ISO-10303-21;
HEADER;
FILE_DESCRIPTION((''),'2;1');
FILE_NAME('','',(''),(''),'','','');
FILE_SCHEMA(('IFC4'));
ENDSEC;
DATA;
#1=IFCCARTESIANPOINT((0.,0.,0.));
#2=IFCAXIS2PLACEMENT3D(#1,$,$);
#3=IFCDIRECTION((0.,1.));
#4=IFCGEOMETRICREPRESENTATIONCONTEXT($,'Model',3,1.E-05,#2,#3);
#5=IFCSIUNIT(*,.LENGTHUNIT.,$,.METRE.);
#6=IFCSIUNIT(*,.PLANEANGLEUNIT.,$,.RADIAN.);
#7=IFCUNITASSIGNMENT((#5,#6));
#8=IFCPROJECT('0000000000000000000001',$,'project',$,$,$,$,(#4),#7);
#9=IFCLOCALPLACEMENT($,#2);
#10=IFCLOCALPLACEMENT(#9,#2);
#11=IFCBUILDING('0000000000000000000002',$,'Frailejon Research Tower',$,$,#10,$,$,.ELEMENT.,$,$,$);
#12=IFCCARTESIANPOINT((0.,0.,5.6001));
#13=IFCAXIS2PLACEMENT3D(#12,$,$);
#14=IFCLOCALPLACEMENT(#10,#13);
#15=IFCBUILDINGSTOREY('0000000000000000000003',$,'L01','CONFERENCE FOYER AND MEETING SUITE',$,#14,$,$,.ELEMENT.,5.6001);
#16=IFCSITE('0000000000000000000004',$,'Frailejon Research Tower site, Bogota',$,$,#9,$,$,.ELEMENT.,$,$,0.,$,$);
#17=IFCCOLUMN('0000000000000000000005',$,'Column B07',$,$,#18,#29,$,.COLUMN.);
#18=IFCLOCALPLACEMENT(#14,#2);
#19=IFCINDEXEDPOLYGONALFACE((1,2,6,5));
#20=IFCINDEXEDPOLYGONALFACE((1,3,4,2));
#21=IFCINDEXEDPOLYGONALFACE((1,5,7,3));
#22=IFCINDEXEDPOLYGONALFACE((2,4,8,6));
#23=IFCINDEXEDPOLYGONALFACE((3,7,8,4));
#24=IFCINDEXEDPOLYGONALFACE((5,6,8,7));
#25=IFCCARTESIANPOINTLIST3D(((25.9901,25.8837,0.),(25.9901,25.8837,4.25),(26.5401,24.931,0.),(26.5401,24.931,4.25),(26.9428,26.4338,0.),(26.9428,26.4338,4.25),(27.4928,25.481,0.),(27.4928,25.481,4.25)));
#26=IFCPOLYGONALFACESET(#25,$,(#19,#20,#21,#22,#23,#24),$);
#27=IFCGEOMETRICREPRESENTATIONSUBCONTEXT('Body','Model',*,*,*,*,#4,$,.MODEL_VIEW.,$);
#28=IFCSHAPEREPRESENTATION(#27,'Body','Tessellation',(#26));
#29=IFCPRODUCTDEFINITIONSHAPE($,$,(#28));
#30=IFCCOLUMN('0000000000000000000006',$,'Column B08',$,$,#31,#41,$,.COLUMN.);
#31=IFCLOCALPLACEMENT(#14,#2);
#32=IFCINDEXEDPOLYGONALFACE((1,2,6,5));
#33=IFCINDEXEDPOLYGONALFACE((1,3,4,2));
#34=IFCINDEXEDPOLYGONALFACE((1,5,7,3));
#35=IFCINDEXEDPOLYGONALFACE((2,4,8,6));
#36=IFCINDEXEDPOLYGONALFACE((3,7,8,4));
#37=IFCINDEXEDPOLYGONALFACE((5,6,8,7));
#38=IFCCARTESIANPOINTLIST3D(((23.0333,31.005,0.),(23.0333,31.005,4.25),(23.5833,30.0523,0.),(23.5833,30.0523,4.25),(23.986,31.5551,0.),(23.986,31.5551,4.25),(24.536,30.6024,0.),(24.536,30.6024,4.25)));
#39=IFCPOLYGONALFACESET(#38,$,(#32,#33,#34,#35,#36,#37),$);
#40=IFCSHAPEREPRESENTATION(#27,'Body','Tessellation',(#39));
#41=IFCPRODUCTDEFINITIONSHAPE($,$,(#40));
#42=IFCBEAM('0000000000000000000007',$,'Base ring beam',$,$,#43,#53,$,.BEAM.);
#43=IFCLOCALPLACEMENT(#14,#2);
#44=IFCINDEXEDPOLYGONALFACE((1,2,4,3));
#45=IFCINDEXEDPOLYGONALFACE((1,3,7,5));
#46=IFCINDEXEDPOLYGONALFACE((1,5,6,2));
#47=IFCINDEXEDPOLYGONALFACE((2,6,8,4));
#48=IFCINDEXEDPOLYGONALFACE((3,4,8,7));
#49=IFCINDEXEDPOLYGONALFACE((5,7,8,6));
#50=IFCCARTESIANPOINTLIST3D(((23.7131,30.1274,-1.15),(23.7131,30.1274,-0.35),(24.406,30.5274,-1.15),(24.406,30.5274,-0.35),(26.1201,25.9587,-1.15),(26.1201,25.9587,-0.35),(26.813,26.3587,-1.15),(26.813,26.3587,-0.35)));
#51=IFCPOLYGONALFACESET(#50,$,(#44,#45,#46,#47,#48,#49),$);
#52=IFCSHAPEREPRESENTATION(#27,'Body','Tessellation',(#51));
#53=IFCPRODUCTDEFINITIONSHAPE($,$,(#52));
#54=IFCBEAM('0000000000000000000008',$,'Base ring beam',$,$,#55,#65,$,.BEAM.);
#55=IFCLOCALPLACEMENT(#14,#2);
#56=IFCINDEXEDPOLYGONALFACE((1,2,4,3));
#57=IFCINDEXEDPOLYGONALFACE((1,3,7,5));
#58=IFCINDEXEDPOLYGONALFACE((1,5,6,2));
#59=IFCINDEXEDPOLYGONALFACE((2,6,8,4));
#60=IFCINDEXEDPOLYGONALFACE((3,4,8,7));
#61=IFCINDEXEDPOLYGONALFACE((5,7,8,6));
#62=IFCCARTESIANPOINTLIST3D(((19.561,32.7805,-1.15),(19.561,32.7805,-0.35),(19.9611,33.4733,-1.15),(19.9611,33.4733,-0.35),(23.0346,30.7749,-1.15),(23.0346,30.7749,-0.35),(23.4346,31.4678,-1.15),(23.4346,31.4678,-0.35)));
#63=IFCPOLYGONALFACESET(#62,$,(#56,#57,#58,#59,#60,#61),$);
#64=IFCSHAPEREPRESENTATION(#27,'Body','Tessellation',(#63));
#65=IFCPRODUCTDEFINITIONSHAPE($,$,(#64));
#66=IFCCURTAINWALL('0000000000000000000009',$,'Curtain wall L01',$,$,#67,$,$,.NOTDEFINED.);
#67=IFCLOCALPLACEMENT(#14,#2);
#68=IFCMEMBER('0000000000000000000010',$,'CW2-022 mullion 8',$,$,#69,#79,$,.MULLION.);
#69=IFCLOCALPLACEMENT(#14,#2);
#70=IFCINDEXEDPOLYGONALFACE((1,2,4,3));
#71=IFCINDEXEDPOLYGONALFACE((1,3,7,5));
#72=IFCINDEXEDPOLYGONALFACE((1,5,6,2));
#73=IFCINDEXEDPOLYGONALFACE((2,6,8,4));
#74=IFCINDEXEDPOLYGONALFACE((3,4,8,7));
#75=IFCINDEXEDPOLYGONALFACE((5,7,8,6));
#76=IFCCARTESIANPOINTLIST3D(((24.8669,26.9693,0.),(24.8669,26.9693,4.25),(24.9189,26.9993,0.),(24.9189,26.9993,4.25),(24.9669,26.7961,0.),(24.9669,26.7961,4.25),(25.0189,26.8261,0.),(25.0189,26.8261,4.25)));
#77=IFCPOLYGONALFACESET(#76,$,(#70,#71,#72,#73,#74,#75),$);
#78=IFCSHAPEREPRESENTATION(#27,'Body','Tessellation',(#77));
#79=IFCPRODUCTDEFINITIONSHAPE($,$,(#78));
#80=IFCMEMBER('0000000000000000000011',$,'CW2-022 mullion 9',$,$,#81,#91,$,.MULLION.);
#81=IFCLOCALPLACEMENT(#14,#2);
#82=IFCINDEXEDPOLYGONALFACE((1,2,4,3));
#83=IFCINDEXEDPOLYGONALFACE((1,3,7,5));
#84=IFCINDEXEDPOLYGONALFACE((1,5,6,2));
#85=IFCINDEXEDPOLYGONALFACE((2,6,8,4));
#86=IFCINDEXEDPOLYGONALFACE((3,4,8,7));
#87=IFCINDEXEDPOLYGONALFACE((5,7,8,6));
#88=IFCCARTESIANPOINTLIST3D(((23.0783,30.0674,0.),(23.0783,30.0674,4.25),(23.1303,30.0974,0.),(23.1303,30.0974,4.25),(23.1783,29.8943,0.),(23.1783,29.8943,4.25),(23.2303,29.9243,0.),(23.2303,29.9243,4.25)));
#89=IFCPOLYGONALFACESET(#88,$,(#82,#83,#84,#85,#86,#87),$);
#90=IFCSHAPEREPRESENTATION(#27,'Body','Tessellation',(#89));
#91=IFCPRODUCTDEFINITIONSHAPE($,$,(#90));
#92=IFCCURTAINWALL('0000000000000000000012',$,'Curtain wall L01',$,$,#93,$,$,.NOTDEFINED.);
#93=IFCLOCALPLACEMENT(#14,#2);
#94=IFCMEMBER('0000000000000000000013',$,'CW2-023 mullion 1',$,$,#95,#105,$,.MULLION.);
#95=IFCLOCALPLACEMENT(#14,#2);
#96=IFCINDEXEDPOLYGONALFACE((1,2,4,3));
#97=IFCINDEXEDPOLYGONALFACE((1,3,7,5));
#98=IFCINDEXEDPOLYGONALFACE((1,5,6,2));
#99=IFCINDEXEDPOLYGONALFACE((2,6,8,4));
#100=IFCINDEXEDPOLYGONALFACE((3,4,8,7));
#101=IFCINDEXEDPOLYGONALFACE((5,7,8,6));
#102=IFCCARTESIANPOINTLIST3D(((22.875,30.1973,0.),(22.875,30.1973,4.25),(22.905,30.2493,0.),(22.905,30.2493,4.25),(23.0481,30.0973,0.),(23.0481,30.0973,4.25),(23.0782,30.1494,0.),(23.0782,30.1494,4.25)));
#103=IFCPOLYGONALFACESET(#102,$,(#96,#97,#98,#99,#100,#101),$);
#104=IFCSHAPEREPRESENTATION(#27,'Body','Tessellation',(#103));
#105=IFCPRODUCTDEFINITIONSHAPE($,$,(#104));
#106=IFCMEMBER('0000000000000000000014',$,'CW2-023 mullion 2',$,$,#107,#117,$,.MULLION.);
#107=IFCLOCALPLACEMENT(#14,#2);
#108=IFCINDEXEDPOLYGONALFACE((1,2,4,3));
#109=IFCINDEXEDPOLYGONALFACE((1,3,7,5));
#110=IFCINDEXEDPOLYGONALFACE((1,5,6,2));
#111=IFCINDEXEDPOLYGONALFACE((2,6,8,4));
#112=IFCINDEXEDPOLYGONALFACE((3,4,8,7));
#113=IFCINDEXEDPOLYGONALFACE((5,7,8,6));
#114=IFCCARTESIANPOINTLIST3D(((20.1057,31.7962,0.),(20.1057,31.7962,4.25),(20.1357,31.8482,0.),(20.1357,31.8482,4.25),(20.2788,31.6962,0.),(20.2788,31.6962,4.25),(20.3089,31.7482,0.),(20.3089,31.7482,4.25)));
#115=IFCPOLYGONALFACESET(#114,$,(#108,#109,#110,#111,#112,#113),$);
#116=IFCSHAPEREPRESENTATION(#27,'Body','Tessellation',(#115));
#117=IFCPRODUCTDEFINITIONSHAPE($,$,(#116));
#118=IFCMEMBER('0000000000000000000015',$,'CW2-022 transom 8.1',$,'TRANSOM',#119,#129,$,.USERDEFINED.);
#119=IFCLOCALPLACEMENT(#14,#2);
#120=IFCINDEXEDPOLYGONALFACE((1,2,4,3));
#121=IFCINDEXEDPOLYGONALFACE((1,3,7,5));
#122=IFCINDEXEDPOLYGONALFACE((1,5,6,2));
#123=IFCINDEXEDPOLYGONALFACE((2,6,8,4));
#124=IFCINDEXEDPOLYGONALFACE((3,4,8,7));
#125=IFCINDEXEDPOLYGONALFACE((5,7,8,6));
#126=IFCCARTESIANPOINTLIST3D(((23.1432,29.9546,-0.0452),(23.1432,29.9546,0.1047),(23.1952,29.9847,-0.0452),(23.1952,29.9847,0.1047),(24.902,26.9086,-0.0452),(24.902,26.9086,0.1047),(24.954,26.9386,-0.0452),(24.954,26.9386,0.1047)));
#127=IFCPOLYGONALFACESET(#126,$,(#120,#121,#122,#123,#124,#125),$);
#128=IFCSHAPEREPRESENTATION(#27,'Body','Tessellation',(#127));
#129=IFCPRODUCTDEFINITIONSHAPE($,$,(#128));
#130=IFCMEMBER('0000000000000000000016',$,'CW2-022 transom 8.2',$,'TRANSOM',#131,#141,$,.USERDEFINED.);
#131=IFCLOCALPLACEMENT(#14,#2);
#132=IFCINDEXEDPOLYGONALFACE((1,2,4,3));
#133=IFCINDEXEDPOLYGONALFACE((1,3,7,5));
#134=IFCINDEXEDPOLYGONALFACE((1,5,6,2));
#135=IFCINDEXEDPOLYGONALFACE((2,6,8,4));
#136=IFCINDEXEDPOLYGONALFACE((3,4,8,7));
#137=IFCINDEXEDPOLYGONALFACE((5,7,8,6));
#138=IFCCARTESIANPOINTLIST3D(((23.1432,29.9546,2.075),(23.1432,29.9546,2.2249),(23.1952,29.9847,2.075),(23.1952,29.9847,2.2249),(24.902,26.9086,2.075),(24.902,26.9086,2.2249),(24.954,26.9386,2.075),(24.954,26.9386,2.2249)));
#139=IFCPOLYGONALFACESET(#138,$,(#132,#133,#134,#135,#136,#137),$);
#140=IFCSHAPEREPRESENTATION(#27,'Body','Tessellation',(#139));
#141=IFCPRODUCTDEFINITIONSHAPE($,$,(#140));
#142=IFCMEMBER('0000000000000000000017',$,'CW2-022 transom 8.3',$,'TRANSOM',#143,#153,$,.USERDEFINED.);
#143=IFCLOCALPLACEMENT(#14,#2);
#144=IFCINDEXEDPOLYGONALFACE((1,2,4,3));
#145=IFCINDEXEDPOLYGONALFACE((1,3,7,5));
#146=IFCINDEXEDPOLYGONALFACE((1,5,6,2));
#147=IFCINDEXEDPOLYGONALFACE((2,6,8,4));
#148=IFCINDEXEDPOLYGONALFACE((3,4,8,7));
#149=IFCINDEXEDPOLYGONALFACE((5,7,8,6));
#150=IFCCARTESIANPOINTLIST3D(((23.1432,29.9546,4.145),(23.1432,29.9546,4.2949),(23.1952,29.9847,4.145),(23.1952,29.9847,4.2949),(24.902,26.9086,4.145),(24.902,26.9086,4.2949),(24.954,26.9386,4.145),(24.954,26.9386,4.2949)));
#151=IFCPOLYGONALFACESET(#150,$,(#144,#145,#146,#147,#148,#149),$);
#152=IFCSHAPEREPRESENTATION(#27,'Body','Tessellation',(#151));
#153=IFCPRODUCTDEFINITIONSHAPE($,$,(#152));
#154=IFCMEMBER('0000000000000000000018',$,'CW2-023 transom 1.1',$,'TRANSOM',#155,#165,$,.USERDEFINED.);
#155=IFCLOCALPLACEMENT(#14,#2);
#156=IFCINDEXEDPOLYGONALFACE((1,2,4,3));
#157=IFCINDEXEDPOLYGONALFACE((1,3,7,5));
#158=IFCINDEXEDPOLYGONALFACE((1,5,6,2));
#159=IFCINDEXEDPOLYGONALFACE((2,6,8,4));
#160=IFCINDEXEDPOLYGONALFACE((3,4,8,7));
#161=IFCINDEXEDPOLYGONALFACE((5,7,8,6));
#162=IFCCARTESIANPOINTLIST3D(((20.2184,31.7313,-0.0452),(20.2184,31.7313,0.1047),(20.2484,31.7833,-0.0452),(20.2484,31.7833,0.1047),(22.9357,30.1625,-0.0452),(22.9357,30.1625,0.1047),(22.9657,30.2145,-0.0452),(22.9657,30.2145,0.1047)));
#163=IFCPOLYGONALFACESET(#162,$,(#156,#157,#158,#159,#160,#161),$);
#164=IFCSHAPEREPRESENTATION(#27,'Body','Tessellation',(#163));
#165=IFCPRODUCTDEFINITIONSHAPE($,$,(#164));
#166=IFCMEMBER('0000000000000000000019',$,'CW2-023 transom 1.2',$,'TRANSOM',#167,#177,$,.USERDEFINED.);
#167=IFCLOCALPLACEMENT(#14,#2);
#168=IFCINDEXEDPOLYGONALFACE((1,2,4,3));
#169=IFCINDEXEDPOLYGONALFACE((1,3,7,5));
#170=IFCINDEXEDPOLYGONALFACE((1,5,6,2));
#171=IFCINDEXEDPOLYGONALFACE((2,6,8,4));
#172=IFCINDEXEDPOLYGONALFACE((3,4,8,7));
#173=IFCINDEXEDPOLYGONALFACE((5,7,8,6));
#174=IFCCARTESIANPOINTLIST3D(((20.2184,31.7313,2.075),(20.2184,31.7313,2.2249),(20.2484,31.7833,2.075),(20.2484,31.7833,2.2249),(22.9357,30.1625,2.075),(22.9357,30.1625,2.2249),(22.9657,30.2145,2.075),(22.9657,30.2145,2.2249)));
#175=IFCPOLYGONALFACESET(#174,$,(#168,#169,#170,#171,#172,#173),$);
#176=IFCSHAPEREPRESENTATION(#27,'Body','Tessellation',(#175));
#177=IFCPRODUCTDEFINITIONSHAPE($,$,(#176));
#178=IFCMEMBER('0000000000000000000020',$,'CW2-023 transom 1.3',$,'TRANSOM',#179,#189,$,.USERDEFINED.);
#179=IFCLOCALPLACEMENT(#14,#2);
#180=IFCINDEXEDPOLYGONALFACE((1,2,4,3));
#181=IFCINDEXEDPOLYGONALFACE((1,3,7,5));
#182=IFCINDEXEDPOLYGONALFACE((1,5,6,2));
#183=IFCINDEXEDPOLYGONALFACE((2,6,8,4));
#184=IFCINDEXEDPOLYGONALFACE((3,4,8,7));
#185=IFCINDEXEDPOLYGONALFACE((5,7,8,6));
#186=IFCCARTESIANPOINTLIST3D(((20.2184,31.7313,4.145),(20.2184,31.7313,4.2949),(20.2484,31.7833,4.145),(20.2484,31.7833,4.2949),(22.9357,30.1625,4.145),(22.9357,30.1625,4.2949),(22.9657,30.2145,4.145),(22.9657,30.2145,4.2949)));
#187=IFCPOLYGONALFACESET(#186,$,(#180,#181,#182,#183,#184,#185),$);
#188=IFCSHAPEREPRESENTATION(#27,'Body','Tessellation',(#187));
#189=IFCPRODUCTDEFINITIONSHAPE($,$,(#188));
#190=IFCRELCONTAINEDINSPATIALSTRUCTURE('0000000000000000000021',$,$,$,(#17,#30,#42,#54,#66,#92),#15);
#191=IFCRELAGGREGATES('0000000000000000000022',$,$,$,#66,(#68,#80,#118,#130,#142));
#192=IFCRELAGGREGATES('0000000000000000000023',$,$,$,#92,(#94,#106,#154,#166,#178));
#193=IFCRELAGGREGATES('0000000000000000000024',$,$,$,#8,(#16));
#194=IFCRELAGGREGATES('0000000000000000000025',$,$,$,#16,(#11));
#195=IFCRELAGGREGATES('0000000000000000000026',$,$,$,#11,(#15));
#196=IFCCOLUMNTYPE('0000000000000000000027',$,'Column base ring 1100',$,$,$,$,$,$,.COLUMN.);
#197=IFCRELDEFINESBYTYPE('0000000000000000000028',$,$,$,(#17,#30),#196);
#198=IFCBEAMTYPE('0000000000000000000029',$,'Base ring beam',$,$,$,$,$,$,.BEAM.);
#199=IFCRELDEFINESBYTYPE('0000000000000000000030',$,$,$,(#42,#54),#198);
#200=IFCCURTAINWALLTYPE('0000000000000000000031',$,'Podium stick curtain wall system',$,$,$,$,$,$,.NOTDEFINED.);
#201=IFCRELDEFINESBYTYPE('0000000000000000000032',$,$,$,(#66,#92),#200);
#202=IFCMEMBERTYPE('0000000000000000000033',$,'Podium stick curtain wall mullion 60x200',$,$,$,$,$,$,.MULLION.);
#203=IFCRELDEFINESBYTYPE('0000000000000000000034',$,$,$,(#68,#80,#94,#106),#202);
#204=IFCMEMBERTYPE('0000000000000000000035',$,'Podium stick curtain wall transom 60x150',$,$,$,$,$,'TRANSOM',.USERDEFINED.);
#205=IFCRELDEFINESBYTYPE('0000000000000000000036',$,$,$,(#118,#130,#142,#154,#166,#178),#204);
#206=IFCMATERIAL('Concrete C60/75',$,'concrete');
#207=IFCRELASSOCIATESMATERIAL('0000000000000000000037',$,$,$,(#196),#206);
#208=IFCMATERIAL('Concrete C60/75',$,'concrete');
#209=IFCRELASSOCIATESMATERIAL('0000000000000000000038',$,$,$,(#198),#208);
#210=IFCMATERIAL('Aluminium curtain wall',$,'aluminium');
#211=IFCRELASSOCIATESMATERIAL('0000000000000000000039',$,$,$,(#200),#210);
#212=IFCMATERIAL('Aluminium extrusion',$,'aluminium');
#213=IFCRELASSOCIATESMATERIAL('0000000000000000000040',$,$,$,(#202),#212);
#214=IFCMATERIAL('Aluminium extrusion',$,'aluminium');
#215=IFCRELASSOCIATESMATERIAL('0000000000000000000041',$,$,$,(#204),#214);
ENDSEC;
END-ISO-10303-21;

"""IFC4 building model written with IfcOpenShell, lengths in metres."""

from ifc_helpers import new_model, si_unit, direction, frame, origin, origin_2d, place, context, subcontext, project, spatial, rectangle, extrude, material, material_profile, profile_set, type_object, element, aggregate, save


model = new_model("IFC4")

# Units and contexts
model_context = context("Model", 3, precision=1e-05, world=origin(), true_north=direction((0.0, 1.0)))
body_context = subcontext(model_context, "Body", "Model", "MODEL_VIEW")
ifc_project = project(units=[si_unit("LENGTHUNIT", "METRE"), si_unit("PLANEANGLEUNIT", "RADIAN")], contexts=[model_context])

# Site, building, storey
site_placement = place(None, origin())
site = spatial("IfcSite", under=ifc_project, at=site_placement, Name="Frailejon Research Tower site, Bogota", CompositionType="ELEMENT", RefElevation=0.0)
building_placement = place(site_placement, origin())
building = spatial("IfcBuilding", under=site, at=building_placement, Name="Frailejon Research Tower", CompositionType="ELEMENT")
storey_placement = place(building_placement, frame((0.0, 0.0, 5.6001)))
storey = spatial("IfcBuildingStorey", under=building, at=storey_placement, Name="L01", Description="CONFERENCE FOYER AND MEETING SUITE", CompositionType="ELEMENT", Elevation=5.6001)

# Columns
ifc_material_1 = material(Name="Concrete C60/75", Category="concrete")
ifc_material_profile_1 = material_profile(ifc_material_1, rectangle(XDim=1.1001, YDim=1.1001, at=origin_2d()), Name="Column base ring 1100")
ifc_profile_set_1 = profile_set([ifc_material_profile_1], Name="Concrete C60/75")
column_type = type_object("IfcColumnType", Name="Column base ring 1100", PredefinedType="COLUMN", material=ifc_profile_set_1)
for number, where, z_axis, x_axis, name in (
    (1, (26.7415, 25.6824, 0.0), (0.0, 0.0, 1.0), (-0.5, 0.866025, 0.0), "Column B07"),
    (2, (23.7847, 30.8037, 0.0), (0.0, 0.0, 1.0), (-0.5, 0.866025, 0.0), "Column B08"),
):
    element("IfcColumn", number, at=place(storey_placement, frame(where, z_axis=z_axis, x_axis=x_axis)), inside=storey, type_object=column_type, Name=name, PredefinedType="COLUMN", context=body_context, shape_type="SweptSolid", body=[
        extrude(rectangle(XDim=1.1001, YDim=1.1001, at=origin_2d()), origin(), (0.0, 0.0, 1.0), 4.25),
    ])

# Beams
ifc_material_2 = material(Name="Concrete C60/75", Category="concrete")
ifc_material_profile_2 = material_profile(ifc_material_2, rectangle(XDim=0.8, YDim=0.8, at=origin_2d()), Name="Base ring beam")
ifc_profile_set_2 = profile_set([ifc_material_profile_2], Name="Concrete C60/75")
beam_type = type_object("IfcBeamType", Name="Base ring beam", PredefinedType="BEAM", material=ifc_profile_set_2)
beam_1_placement = place(storey_placement, frame((26.4666, 26.1587, -0.75), z_axis=(-0.500028, 0.866009, 0.0), x_axis=(-0.866009, -0.500028, 0.0)))
element("IfcBeam", 3, at=beam_1_placement, inside=storey, type_object=beam_type, Name="Base ring beam", PredefinedType="BEAM", context=body_context, shape_type="SweptSolid", body=[
    extrude(rectangle(XDim=0.8, YDim=0.8, at=origin_2d()), origin(), (0.0, 0.0, 1.0), 4.8137),
])
beam_2_placement = place(storey_placement, frame((23.2346, 31.1213, -0.75), z_axis=(-0.866013, 0.500021, 0.0), x_axis=(-0.500021, -0.866013, 0.0)))
element("IfcBeam", 4, at=beam_2_placement, inside=storey, type_object=beam_type, Name="Base ring beam", PredefinedType="BEAM", context=body_context, shape_type="SweptSolid", body=[
    extrude(rectangle(XDim=0.8, YDim=0.8, at=origin_2d()), origin(), (0.0, 0.0, 1.0), 4.011),
])

# Curtain walls, members
ifc_material_3 = material(Name="Aluminium curtain wall", Category="aluminium")
curtain_wall_type = type_object("IfcCurtainWallType", Name="Podium stick curtain wall system", PredefinedType="NOTDEFINED", material=ifc_material_3)
curtain_wall_1_placement = place(storey_placement, origin())
curtain_wall_1 = element("IfcCurtainWall", 5, at=curtain_wall_1_placement, inside=storey, type_object=curtain_wall_type, Name="Curtain wall L01", PredefinedType="NOTDEFINED")
ifc_material_4 = material(Name="Aluminium extrusion", Category="aluminium")
ifc_material_profile_3 = material_profile(ifc_material_4, rectangle(XDim=0.0601, YDim=0.2, at=origin_2d()), Name="Podium stick curtain wall mullion 60x200")
ifc_profile_set_3 = profile_set([ifc_material_profile_3], Name="Aluminium extrusion")
member_type_1 = type_object("IfcMemberType", Name="Podium stick curtain wall mullion 60x200", PredefinedType="MULLION", material=ifc_profile_set_3)
member_1_placement = place(storey_placement, frame((24.9429, 26.8977, 0.0), z_axis=(0.0, 0.0, 1.0), x_axis=(-0.866026, -0.499998, 0.0)))
member_1 = element("IfcMember", 6, at=member_1_placement, type_object=member_type_1, Name="CW2-022 mullion 8", PredefinedType="MULLION", context=body_context, shape_type="SweptSolid", body=[
    extrude(rectangle(XDim=0.0601, YDim=0.2, at=origin_2d()), origin(), (0.0, 0.0, 1.0), 4.25),
])
member_2_placement = place(storey_placement, frame((23.1543, 29.9958, 0.0), z_axis=(0.0, 0.0, 1.0), x_axis=(-0.866026, -0.499998, 0.0)))
member_2 = element("IfcMember", 7, at=member_2_placement, type_object=member_type_1, Name="CW2-022 mullion 9", PredefinedType="MULLION", context=body_context, shape_type="SweptSolid", body=[
    extrude(rectangle(XDim=0.0601, YDim=0.2, at=origin_2d()), origin(), (0.0, 0.0, 1.0), 4.25),
])
curtain_wall_2_placement = place(storey_placement, origin())
curtain_wall_2 = element("IfcCurtainWall", 8, at=curtain_wall_2_placement, inside=storey, type_object=curtain_wall_type, Name="Curtain wall L01", PredefinedType="NOTDEFINED")
member_3_placement = place(storey_placement, frame((22.9766, 30.1733, 0.0), z_axis=(0.0, 0.0, 1.0), x_axis=(-0.5, -0.866025, 0.0)))
member_3 = element("IfcMember", 9, at=member_3_placement, type_object=member_type_1, Name="CW2-023 mullion 1", PredefinedType="MULLION", context=body_context, shape_type="SweptSolid", body=[
    extrude(rectangle(XDim=0.0601, YDim=0.2, at=origin_2d()), origin(), (0.0, 0.0, 1.0), 4.25),
])
member_4_placement = place(storey_placement, frame((20.2073, 31.7722, 0.0), z_axis=(0.0, 0.0, 1.0), x_axis=(-0.5, -0.866025, 0.0)))
member_4 = element("IfcMember", 10, at=member_4_placement, type_object=member_type_1, Name="CW2-023 mullion 2", PredefinedType="MULLION", context=body_context, shape_type="SweptSolid", body=[
    extrude(rectangle(XDim=0.0601, YDim=0.2, at=origin_2d()), origin(), (0.0, 0.0, 1.0), 4.25),
])

# Members
ifc_material_5 = material(Name="Aluminium extrusion", Category="aluminium")
ifc_material_profile_4 = material_profile(ifc_material_5, rectangle(XDim=0.0601, YDim=0.1499, at=origin_2d()), Name="Podium stick curtain wall transom 60x150")
ifc_profile_set_4 = profile_set([ifc_material_profile_4], Name="Aluminium extrusion")
member_type_2 = type_object("IfcMemberType", Name="Podium stick curtain wall transom 60x150", ElementType="TRANSOM", PredefinedType="USERDEFINED", material=ifc_profile_set_4)
member_5_placement = place(storey_placement, frame((24.928, 26.9236, 0.0298), z_axis=(-0.500021, 0.866013, 0.0), x_axis=(-0.866013, -0.500021, 0.0)))
member_5 = element("IfcMember", 11, at=member_5_placement, type_object=member_type_2, Name="CW2-022 transom 8.1", ObjectType="TRANSOM", PredefinedType="USERDEFINED", context=body_context, shape_type="SweptSolid", body=[
    extrude(rectangle(XDim=0.0601, YDim=0.1499, at=origin_2d()), origin(), (0.0, 0.0, 1.0), 3.5173),
])
member_6_placement = place(storey_placement, frame((24.928, 26.9236, 2.1499), z_axis=(-0.500021, 0.866013, 0.0), x_axis=(-0.866013, -0.500021, 0.0)))
member_6 = element("IfcMember", 12, at=member_6_placement, type_object=member_type_2, Name="CW2-022 transom 8.2", ObjectType="TRANSOM", PredefinedType="USERDEFINED", context=body_context, shape_type="SweptSolid", body=[
    extrude(rectangle(XDim=0.0601, YDim=0.1499, at=origin_2d()), origin(), (0.0, 0.0, 1.0), 3.5173),
])
member_7_placement = place(storey_placement, frame((24.928, 26.9236, 4.22), z_axis=(-0.500021, 0.866013, 0.0), x_axis=(-0.866013, -0.500021, 0.0)))
member_7 = element("IfcMember", 13, at=member_7_placement, type_object=member_type_2, Name="CW2-022 transom 8.3", ObjectType="TRANSOM", PredefinedType="USERDEFINED", context=body_context, shape_type="SweptSolid", body=[
    extrude(rectangle(XDim=0.0601, YDim=0.1499, at=origin_2d()), origin(), (0.0, 0.0, 1.0), 3.5173),
])
member_8_placement = place(storey_placement, frame((22.9507, 30.1885, 0.0298), z_axis=(-0.866022, 0.500005, 0.0), x_axis=(-0.500005, -0.866022, 0.0)))
member_8 = element("IfcMember", 14, at=member_8_placement, type_object=member_type_2, Name="CW2-023 transom 1.1", ObjectType="TRANSOM", PredefinedType="USERDEFINED", context=body_context, shape_type="SweptSolid", body=[
    extrude(rectangle(XDim=0.0601, YDim=0.1499, at=origin_2d()), origin(), (0.0, 0.0, 1.0), 3.1377),
])
member_9_placement = place(storey_placement, frame((22.9507, 30.1885, 2.1499), z_axis=(-0.866022, 0.500005, 0.0), x_axis=(-0.500005, -0.866022, 0.0)))
member_9 = element("IfcMember", 15, at=member_9_placement, type_object=member_type_2, Name="CW2-023 transom 1.2", ObjectType="TRANSOM", PredefinedType="USERDEFINED", context=body_context, shape_type="SweptSolid", body=[
    extrude(rectangle(XDim=0.0601, YDim=0.1499, at=origin_2d()), origin(), (0.0, 0.0, 1.0), 3.1377),
])
member_10_placement = place(storey_placement, frame((22.9507, 30.1885, 4.22), z_axis=(-0.866022, 0.500005, 0.0), x_axis=(-0.500005, -0.866022, 0.0)))
member_10 = element("IfcMember", 16, at=member_10_placement, type_object=member_type_2, Name="CW2-023 transom 1.3", ObjectType="TRANSOM", PredefinedType="USERDEFINED", context=body_context, shape_type="SweptSolid", body=[
    extrude(rectangle(XDim=0.0601, YDim=0.1499, at=origin_2d()), origin(), (0.0, 0.0, 1.0), 3.1377),
])

aggregate(curtain_wall_1, [member_1, member_2, member_5, member_6, member_7])
aggregate(curtain_wall_2, [member_3, member_4, member_8, member_9, member_10])

save(model, "model.ifc")
